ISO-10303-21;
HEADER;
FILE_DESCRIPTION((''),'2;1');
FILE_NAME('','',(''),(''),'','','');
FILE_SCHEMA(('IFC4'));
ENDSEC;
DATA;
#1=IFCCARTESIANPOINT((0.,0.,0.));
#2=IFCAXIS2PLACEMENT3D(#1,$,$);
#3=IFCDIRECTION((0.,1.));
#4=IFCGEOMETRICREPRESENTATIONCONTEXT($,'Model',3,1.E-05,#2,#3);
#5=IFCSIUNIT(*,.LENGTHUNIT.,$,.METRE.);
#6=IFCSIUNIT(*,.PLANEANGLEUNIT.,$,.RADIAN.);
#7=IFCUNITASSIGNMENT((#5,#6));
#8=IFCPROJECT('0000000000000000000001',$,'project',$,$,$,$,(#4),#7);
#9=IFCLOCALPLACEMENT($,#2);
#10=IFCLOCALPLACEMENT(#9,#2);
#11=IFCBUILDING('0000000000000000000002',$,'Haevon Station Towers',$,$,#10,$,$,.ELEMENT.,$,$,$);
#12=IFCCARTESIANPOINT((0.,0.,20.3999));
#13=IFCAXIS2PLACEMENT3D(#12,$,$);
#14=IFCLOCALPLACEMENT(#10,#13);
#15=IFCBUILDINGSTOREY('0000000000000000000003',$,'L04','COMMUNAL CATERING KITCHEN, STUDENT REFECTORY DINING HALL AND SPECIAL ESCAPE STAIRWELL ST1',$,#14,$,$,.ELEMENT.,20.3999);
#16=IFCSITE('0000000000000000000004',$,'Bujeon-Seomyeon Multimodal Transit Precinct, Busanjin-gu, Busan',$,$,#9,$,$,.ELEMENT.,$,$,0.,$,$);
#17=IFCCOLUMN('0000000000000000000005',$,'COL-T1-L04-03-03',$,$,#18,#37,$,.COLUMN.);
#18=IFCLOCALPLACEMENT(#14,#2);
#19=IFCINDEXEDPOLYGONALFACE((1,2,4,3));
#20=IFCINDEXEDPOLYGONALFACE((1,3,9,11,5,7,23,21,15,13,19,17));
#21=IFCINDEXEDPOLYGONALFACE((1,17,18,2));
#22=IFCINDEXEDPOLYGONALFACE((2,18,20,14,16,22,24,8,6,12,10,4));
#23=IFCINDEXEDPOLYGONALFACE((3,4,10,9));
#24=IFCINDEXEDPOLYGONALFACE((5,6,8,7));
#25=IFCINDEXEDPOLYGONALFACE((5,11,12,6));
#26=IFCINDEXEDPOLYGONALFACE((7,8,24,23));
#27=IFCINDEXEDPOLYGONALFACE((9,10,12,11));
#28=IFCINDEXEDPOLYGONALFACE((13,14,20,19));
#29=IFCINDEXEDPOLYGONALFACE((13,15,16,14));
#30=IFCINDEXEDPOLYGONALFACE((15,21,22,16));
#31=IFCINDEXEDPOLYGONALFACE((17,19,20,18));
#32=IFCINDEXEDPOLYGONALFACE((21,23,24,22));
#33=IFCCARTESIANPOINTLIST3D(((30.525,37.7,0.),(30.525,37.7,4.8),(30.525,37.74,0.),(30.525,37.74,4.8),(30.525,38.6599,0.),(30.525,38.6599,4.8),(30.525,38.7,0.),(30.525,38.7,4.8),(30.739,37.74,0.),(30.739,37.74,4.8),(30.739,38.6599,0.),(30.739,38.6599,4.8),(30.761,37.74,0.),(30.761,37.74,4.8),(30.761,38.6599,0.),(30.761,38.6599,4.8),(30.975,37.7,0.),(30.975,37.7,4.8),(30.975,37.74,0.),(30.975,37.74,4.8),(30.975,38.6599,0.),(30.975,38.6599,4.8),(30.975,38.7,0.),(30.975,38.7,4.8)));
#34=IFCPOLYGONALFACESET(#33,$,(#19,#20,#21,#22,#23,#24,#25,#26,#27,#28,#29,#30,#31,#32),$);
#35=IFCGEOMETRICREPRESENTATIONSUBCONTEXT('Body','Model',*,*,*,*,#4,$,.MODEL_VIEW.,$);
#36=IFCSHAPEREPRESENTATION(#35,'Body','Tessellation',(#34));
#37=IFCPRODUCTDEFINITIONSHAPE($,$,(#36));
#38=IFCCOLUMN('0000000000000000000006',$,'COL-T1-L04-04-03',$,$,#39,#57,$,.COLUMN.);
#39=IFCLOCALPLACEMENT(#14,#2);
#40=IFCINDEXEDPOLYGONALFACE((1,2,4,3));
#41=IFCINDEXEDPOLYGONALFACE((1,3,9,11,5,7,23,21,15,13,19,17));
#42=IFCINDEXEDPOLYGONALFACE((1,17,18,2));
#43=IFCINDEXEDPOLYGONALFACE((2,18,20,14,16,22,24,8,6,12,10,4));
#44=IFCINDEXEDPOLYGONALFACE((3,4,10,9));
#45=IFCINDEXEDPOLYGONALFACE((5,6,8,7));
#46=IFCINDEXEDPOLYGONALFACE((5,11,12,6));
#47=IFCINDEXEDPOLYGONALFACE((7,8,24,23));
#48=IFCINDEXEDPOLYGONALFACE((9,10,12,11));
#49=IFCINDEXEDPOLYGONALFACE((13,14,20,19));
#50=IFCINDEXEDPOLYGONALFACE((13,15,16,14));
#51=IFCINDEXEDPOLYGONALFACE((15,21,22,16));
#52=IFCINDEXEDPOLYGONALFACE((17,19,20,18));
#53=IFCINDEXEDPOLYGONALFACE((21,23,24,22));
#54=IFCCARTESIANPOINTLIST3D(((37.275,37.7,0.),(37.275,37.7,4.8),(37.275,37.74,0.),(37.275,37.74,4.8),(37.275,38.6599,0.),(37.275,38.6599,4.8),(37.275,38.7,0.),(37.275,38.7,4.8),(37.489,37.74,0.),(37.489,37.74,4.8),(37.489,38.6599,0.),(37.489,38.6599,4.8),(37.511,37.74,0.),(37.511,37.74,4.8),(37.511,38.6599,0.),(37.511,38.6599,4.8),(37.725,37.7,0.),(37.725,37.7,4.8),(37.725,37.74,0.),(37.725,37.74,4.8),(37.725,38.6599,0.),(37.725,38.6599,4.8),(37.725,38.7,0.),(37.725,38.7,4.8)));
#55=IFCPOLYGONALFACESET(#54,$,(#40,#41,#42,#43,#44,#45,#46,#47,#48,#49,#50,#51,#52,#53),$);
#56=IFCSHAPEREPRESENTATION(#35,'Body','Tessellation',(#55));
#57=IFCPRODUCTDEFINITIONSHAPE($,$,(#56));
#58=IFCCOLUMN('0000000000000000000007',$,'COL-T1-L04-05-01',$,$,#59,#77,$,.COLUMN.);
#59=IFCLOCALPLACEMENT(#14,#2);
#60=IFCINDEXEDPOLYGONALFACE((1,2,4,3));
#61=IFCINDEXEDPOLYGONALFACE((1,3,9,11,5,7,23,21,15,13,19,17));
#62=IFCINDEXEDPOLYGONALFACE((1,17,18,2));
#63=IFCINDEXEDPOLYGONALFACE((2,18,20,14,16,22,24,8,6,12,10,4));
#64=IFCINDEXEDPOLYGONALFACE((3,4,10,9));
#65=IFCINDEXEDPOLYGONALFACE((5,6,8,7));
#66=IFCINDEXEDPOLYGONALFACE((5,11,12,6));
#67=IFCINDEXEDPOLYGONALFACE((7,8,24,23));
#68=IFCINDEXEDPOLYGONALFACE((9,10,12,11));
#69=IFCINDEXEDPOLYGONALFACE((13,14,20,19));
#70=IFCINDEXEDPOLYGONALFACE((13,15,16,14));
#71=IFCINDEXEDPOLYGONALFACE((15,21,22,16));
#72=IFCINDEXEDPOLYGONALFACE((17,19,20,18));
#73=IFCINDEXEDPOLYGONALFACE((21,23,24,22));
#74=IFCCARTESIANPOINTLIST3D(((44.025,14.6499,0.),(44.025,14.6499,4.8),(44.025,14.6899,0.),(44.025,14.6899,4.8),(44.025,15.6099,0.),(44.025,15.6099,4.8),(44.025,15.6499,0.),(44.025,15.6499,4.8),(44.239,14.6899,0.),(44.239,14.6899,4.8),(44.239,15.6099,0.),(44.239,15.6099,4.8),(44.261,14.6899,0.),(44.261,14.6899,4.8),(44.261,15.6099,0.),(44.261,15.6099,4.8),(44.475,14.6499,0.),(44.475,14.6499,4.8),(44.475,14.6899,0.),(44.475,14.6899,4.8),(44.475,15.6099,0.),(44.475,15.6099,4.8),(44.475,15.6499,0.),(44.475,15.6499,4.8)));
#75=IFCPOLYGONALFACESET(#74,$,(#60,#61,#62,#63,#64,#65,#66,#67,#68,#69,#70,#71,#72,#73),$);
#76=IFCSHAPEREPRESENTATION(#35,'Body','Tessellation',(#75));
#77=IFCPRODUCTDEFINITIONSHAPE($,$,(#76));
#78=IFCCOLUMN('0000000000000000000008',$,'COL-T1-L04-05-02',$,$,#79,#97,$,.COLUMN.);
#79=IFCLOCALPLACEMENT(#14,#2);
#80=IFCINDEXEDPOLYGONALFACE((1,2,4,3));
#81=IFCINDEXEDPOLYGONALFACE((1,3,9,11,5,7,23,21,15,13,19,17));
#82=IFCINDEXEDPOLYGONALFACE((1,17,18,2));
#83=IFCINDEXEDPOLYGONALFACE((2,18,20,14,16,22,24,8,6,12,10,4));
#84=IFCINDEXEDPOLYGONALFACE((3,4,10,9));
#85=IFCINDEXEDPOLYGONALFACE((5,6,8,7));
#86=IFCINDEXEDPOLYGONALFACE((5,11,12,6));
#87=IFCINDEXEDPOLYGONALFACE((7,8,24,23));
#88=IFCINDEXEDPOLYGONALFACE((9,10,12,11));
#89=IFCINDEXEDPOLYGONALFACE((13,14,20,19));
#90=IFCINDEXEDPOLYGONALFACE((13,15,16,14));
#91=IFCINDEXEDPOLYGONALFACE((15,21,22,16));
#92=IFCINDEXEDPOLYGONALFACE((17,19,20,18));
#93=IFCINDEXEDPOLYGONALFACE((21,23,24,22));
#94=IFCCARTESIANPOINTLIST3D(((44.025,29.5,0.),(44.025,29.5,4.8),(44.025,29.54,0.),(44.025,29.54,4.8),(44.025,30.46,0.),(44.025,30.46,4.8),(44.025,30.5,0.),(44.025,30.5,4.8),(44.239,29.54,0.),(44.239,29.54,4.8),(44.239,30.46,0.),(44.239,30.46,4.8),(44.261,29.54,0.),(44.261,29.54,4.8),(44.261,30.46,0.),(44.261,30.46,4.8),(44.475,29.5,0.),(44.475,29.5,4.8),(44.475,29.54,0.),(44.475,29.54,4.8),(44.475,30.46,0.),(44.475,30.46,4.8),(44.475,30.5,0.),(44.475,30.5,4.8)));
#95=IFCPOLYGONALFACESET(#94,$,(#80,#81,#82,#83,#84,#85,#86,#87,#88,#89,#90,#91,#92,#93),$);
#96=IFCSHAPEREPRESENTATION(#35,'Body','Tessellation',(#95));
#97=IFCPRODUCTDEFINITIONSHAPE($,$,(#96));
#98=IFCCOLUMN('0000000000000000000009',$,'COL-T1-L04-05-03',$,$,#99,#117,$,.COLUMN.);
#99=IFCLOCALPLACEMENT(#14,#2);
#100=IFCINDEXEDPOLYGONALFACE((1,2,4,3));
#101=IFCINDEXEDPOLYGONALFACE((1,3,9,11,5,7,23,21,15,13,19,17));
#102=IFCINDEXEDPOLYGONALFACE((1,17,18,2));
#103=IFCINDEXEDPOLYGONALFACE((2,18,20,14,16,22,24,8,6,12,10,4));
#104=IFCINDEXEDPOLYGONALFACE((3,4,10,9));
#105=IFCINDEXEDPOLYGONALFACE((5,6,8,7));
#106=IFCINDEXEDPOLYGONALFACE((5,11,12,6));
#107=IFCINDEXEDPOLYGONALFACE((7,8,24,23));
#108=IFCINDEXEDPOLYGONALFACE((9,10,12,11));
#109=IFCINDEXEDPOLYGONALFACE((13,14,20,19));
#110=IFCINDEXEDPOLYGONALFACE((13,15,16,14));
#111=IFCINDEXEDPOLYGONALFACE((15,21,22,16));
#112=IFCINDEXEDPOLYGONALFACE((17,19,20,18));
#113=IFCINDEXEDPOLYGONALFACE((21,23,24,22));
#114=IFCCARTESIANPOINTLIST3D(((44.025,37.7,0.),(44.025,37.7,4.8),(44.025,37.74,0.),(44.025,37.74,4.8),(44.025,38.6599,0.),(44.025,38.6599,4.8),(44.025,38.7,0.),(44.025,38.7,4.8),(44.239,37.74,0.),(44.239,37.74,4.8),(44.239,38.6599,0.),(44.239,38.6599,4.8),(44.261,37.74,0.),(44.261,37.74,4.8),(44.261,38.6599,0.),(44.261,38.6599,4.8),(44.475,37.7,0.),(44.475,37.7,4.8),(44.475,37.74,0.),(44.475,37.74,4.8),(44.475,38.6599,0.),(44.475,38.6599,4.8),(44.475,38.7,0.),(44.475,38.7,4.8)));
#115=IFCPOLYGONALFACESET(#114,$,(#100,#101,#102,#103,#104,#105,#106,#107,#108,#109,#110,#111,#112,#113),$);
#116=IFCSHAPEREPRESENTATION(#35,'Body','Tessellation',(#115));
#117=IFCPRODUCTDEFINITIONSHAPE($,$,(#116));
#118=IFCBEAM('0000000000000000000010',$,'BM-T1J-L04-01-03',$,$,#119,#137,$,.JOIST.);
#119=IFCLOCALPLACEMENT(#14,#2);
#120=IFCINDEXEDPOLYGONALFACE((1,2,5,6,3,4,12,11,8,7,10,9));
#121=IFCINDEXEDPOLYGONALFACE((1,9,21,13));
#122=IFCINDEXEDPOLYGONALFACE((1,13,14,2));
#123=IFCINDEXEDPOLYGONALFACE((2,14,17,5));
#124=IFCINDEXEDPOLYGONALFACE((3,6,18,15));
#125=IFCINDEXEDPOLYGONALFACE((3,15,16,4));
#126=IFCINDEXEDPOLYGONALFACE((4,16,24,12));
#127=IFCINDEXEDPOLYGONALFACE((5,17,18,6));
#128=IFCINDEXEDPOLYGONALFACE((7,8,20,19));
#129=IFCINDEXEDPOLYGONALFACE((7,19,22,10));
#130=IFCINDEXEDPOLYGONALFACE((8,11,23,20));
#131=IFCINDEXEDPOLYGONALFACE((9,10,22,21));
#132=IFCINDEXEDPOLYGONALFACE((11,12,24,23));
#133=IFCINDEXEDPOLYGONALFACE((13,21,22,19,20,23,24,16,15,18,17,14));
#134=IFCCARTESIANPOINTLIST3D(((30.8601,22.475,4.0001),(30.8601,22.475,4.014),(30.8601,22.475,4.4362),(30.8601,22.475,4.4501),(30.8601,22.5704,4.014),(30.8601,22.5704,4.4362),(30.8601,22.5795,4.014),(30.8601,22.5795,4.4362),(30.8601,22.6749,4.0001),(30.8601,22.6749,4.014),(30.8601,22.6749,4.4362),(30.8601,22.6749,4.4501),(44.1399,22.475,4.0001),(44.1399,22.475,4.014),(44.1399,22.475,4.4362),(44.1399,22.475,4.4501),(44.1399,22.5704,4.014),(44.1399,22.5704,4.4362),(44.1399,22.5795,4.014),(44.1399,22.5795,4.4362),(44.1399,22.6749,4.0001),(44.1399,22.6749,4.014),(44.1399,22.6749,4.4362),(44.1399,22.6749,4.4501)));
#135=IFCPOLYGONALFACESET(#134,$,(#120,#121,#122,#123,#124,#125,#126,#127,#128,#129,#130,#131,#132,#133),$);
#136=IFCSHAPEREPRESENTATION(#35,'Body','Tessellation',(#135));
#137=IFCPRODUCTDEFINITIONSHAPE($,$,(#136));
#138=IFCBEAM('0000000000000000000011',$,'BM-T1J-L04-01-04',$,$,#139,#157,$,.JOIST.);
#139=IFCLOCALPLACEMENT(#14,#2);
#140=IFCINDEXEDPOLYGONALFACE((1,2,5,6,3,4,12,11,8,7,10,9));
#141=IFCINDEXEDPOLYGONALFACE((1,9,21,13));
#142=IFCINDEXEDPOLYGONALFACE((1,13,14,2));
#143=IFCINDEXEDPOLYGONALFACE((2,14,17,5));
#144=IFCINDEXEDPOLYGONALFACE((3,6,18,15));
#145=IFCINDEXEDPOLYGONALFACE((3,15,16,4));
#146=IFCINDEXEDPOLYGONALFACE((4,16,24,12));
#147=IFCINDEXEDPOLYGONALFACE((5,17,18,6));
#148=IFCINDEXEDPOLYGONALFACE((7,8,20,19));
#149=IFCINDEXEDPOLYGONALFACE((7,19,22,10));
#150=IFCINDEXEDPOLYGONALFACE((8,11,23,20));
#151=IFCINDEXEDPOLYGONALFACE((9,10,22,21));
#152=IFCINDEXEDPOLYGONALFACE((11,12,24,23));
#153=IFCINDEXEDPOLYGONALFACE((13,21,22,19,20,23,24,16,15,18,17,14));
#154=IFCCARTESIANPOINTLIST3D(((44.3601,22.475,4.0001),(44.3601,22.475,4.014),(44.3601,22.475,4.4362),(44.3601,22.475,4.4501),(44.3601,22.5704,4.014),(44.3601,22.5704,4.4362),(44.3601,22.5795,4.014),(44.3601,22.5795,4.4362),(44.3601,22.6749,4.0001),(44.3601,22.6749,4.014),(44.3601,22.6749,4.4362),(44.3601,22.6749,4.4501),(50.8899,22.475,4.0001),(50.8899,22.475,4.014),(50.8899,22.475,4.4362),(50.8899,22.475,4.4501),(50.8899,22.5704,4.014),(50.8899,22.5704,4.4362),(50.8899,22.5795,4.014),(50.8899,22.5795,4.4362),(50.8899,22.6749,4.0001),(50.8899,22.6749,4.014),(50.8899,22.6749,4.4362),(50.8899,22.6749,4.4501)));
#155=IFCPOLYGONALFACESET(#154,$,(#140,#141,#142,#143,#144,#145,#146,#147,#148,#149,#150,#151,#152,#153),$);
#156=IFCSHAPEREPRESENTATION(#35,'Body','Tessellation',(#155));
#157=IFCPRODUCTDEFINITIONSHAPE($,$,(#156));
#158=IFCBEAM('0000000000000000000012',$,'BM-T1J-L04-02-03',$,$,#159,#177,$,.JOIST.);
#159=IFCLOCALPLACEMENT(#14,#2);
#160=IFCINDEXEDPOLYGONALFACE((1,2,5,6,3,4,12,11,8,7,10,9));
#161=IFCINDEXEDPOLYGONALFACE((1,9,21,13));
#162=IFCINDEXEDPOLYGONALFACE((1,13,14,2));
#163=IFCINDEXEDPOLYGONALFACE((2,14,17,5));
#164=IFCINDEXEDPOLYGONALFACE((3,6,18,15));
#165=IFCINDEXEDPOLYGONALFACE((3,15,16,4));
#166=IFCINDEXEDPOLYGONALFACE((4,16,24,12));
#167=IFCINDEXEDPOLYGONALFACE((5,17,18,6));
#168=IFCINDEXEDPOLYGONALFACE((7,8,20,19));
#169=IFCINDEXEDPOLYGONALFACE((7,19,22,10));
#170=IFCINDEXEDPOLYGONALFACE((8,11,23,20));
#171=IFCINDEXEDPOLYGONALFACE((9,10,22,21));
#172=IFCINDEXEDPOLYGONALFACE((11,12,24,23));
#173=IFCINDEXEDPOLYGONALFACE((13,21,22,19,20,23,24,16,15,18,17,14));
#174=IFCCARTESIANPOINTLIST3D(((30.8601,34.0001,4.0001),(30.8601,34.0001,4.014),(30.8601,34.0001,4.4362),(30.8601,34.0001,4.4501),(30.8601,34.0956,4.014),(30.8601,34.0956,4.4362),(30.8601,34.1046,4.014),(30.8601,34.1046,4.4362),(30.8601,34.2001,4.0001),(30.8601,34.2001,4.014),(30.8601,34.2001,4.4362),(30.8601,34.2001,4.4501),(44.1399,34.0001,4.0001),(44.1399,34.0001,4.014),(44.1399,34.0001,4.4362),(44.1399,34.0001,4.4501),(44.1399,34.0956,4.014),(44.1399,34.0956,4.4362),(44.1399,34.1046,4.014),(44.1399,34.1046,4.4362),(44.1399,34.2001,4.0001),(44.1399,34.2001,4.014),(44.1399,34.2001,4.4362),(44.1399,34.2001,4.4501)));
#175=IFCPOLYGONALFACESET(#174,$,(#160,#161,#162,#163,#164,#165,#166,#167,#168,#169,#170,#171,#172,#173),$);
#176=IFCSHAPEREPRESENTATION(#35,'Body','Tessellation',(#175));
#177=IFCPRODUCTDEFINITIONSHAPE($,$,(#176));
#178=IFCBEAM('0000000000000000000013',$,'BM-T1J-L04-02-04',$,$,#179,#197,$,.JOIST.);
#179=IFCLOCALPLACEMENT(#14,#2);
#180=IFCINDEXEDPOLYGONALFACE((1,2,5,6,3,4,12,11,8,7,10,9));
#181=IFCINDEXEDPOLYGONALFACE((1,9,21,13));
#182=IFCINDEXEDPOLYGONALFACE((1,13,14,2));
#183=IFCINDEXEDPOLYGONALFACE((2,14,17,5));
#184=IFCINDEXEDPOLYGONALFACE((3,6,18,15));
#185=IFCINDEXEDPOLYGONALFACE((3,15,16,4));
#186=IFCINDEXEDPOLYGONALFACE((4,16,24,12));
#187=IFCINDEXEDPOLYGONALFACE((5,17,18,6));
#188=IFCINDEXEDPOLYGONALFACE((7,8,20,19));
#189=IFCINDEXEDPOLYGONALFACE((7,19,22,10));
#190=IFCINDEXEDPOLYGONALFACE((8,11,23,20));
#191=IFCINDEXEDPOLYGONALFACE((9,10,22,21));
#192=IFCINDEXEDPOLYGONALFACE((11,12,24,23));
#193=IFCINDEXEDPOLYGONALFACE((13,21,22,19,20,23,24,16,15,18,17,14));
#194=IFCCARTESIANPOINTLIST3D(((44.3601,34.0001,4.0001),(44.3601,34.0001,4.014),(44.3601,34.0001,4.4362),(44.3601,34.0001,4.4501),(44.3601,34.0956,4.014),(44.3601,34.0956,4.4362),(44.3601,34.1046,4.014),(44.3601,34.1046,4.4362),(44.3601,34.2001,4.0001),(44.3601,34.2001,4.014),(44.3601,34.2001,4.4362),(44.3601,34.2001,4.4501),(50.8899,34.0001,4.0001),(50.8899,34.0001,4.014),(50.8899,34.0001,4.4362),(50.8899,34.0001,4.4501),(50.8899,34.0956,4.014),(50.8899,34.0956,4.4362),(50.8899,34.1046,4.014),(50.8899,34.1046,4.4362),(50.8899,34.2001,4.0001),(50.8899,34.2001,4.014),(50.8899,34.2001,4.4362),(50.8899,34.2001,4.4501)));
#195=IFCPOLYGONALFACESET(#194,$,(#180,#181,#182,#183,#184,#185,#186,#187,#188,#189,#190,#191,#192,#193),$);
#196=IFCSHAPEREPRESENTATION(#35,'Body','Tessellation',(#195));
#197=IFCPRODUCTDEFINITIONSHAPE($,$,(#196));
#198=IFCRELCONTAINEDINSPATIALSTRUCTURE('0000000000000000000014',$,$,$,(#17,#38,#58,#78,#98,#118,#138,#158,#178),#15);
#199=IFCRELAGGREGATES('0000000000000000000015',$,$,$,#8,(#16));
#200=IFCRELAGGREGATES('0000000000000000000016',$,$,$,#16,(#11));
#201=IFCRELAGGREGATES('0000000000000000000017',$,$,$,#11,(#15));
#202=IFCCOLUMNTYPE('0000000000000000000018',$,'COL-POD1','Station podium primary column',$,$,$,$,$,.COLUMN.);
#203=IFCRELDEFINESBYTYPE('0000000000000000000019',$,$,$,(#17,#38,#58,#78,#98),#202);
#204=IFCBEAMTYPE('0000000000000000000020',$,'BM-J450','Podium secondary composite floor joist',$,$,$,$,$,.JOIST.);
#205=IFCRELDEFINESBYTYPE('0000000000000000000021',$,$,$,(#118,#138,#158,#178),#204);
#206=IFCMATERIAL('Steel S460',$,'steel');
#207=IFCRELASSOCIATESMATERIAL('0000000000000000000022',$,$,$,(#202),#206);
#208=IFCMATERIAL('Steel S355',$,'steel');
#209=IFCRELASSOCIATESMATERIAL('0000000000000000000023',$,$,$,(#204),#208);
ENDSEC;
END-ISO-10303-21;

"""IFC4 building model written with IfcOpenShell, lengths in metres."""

from ifc_helpers import new_model, si_unit, direction, frame, origin, origin_2d, place, context, subcontext, project, spatial, i_section, extrude, material, material_profile, profile_set, type_object, element, save


model = new_model("IFC4")

# Units and contexts
model_context = context("Model", 3, precision=1e-05, world=origin(), true_north=direction((0.0, 1.0)))
body_context = subcontext(model_context, "Body", "Model", "MODEL_VIEW")
ifc_project = project(units=[si_unit("LENGTHUNIT", "METRE"), si_unit("PLANEANGLEUNIT", "RADIAN")], contexts=[model_context])

# Site, building, storey
site_placement = place(None, origin())
site = spatial("IfcSite", under=ifc_project, at=site_placement, Name="Bujeon-Seomyeon Multimodal Transit Precinct, Busanjin-gu, Busan", CompositionType="ELEMENT", RefElevation=0.0)
building_placement = place(site_placement, origin())
building = spatial("IfcBuilding", under=site, at=building_placement, Name="Haevon Station Towers", CompositionType="ELEMENT")
storey_placement = place(building_placement, frame((0.0, 0.0, 20.3999)))
storey = spatial("IfcBuildingStorey", under=building, at=storey_placement, Name="L04", Description="COMMUNAL CATERING KITCHEN, STUDENT REFECTORY DINING HALL AND SPECIAL ESCAPE STAIRWELL ST1", CompositionType="ELEMENT", Elevation=20.3999)

# Columns
ifc_material_1 = material(Name="Steel S460", Category="steel")
ifc_material_profile_1 = material_profile(ifc_material_1, i_section(OverallWidth=0.45, OverallDepth=1.0, WebThickness=0.022, FlangeThickness=0.04, at=origin_2d()), Name="H-1000x450x22x40")
ifc_profile_set_1 = profile_set([ifc_material_profile_1], Name="Steel S460")
column_type = type_object("IfcColumnType", Name="COL-POD1", Description="Station podium primary column", PredefinedType="COLUMN", material=ifc_profile_set_1)
for number, where, z_axis, x_axis, name in (
    (1, (30.75, 38.2, 0.0), (0.0, 0.0, 1.0), (1.0, 0.0, 0.0), "COL-T1-L04-03-03"),
    (2, (37.5, 38.2, 0.0), (0.0, 0.0, 1.0), (1.0, 0.0, 0.0), "COL-T1-L04-04-03"),
    (3, (44.25, 15.1499, 0.0), (0.0, 0.0, 1.0), (1.0, 0.0, 0.0), "COL-T1-L04-05-01"),
    (4, (44.25, 30.0, 0.0), (0.0, 0.0, 1.0), (1.0, 0.0, 0.0), "COL-T1-L04-05-02"),
    (5, (44.25, 38.2, 0.0), (0.0, 0.0, 1.0), (1.0, 0.0, 0.0), "COL-T1-L04-05-03"),
):
    element("IfcColumn", number, at=place(storey_placement, frame(where, z_axis=z_axis, x_axis=x_axis)), inside=storey, type_object=column_type, Name=name, PredefinedType="COLUMN", context=body_context, shape_type="SweptSolid", body=[
        extrude(i_section(OverallWidth=0.45, OverallDepth=1.0, WebThickness=0.022, FlangeThickness=0.04, at=origin_2d()), origin(), (0.0, 0.0, 1.0), 4.8),
    ])

# Beams
ifc_material_2 = material(Name="Steel S355", Category="steel")
ifc_material_profile_2 = material_profile(ifc_material_2, i_section(OverallWidth=0.2, OverallDepth=0.45, WebThickness=0.009, FlangeThickness=0.0139, at=origin_2d()), Name="H-450x200x9x14")
ifc_profile_set_2 = profile_set([ifc_material_profile_2], Name="Steel S355")
beam_type_1 = type_object("IfcBeamType", Name="BM-J450", Description="Podium secondary composite floor joist", PredefinedType="JOIST", material=ifc_profile_set_2)
beam_1_placement = place(storey_placement, frame((30.8601, 22.575, 4.2251), z_axis=(1.0, 0.0, 0.0), x_axis=(0.0, 1.0, 0.0)))
element("IfcBeam", 6, at=beam_1_placement, inside=storey, type_object=beam_type_1, Name="BM-T1J-L04-01-03", PredefinedType="JOIST", context=body_context, shape_type="SweptSolid", body=[
    extrude(i_section(OverallWidth=0.2, OverallDepth=0.45, WebThickness=0.009, FlangeThickness=0.0139, at=origin_2d()), origin(), (0.0, 0.0, 1.0), 13.2798),
])
beam_2_placement = place(storey_placement, frame((44.3601, 22.575, 4.2251), z_axis=(1.0, 0.0, 0.0), x_axis=(0.0, 1.0, 0.0)))
element("IfcBeam", 7, at=beam_2_placement, inside=storey, type_object=beam_type_1, Name="BM-T1J-L04-01-04", PredefinedType="JOIST", context=body_context, shape_type="SweptSolid", body=[
    extrude(i_section(OverallWidth=0.2, OverallDepth=0.45, WebThickness=0.009, FlangeThickness=0.0139, at=origin_2d()), origin(), (0.0, 0.0, 1.0), 6.5298),
])
beam_3_placement = place(storey_placement, frame((30.8601, 34.1001, 4.2251), z_axis=(1.0, 0.0, 0.0), x_axis=(0.0, 1.0, 0.0)))
element("IfcBeam", 8, at=beam_3_placement, inside=storey, type_object=beam_type_1, Name="BM-T1J-L04-02-03", PredefinedType="JOIST", context=body_context, shape_type="SweptSolid", body=[
    extrude(i_section(OverallWidth=0.2, OverallDepth=0.45, WebThickness=0.009, FlangeThickness=0.0139, at=origin_2d()), origin(), (0.0, 0.0, 1.0), 13.2798),
])
beam_4_placement = place(storey_placement, frame((44.3601, 34.1001, 4.2251), z_axis=(1.0, 0.0, 0.0), x_axis=(0.0, 1.0, 0.0)))
element("IfcBeam", 9, at=beam_4_placement, inside=storey, type_object=beam_type_1, Name="BM-T1J-L04-02-04", PredefinedType="JOIST", context=body_context, shape_type="SweptSolid", body=[
    extrude(i_section(OverallWidth=0.2, OverallDepth=0.45, WebThickness=0.009, FlangeThickness=0.0139, at=origin_2d()), origin(), (0.0, 0.0, 1.0), 6.5298),
])

save(model, "model.ifc")
